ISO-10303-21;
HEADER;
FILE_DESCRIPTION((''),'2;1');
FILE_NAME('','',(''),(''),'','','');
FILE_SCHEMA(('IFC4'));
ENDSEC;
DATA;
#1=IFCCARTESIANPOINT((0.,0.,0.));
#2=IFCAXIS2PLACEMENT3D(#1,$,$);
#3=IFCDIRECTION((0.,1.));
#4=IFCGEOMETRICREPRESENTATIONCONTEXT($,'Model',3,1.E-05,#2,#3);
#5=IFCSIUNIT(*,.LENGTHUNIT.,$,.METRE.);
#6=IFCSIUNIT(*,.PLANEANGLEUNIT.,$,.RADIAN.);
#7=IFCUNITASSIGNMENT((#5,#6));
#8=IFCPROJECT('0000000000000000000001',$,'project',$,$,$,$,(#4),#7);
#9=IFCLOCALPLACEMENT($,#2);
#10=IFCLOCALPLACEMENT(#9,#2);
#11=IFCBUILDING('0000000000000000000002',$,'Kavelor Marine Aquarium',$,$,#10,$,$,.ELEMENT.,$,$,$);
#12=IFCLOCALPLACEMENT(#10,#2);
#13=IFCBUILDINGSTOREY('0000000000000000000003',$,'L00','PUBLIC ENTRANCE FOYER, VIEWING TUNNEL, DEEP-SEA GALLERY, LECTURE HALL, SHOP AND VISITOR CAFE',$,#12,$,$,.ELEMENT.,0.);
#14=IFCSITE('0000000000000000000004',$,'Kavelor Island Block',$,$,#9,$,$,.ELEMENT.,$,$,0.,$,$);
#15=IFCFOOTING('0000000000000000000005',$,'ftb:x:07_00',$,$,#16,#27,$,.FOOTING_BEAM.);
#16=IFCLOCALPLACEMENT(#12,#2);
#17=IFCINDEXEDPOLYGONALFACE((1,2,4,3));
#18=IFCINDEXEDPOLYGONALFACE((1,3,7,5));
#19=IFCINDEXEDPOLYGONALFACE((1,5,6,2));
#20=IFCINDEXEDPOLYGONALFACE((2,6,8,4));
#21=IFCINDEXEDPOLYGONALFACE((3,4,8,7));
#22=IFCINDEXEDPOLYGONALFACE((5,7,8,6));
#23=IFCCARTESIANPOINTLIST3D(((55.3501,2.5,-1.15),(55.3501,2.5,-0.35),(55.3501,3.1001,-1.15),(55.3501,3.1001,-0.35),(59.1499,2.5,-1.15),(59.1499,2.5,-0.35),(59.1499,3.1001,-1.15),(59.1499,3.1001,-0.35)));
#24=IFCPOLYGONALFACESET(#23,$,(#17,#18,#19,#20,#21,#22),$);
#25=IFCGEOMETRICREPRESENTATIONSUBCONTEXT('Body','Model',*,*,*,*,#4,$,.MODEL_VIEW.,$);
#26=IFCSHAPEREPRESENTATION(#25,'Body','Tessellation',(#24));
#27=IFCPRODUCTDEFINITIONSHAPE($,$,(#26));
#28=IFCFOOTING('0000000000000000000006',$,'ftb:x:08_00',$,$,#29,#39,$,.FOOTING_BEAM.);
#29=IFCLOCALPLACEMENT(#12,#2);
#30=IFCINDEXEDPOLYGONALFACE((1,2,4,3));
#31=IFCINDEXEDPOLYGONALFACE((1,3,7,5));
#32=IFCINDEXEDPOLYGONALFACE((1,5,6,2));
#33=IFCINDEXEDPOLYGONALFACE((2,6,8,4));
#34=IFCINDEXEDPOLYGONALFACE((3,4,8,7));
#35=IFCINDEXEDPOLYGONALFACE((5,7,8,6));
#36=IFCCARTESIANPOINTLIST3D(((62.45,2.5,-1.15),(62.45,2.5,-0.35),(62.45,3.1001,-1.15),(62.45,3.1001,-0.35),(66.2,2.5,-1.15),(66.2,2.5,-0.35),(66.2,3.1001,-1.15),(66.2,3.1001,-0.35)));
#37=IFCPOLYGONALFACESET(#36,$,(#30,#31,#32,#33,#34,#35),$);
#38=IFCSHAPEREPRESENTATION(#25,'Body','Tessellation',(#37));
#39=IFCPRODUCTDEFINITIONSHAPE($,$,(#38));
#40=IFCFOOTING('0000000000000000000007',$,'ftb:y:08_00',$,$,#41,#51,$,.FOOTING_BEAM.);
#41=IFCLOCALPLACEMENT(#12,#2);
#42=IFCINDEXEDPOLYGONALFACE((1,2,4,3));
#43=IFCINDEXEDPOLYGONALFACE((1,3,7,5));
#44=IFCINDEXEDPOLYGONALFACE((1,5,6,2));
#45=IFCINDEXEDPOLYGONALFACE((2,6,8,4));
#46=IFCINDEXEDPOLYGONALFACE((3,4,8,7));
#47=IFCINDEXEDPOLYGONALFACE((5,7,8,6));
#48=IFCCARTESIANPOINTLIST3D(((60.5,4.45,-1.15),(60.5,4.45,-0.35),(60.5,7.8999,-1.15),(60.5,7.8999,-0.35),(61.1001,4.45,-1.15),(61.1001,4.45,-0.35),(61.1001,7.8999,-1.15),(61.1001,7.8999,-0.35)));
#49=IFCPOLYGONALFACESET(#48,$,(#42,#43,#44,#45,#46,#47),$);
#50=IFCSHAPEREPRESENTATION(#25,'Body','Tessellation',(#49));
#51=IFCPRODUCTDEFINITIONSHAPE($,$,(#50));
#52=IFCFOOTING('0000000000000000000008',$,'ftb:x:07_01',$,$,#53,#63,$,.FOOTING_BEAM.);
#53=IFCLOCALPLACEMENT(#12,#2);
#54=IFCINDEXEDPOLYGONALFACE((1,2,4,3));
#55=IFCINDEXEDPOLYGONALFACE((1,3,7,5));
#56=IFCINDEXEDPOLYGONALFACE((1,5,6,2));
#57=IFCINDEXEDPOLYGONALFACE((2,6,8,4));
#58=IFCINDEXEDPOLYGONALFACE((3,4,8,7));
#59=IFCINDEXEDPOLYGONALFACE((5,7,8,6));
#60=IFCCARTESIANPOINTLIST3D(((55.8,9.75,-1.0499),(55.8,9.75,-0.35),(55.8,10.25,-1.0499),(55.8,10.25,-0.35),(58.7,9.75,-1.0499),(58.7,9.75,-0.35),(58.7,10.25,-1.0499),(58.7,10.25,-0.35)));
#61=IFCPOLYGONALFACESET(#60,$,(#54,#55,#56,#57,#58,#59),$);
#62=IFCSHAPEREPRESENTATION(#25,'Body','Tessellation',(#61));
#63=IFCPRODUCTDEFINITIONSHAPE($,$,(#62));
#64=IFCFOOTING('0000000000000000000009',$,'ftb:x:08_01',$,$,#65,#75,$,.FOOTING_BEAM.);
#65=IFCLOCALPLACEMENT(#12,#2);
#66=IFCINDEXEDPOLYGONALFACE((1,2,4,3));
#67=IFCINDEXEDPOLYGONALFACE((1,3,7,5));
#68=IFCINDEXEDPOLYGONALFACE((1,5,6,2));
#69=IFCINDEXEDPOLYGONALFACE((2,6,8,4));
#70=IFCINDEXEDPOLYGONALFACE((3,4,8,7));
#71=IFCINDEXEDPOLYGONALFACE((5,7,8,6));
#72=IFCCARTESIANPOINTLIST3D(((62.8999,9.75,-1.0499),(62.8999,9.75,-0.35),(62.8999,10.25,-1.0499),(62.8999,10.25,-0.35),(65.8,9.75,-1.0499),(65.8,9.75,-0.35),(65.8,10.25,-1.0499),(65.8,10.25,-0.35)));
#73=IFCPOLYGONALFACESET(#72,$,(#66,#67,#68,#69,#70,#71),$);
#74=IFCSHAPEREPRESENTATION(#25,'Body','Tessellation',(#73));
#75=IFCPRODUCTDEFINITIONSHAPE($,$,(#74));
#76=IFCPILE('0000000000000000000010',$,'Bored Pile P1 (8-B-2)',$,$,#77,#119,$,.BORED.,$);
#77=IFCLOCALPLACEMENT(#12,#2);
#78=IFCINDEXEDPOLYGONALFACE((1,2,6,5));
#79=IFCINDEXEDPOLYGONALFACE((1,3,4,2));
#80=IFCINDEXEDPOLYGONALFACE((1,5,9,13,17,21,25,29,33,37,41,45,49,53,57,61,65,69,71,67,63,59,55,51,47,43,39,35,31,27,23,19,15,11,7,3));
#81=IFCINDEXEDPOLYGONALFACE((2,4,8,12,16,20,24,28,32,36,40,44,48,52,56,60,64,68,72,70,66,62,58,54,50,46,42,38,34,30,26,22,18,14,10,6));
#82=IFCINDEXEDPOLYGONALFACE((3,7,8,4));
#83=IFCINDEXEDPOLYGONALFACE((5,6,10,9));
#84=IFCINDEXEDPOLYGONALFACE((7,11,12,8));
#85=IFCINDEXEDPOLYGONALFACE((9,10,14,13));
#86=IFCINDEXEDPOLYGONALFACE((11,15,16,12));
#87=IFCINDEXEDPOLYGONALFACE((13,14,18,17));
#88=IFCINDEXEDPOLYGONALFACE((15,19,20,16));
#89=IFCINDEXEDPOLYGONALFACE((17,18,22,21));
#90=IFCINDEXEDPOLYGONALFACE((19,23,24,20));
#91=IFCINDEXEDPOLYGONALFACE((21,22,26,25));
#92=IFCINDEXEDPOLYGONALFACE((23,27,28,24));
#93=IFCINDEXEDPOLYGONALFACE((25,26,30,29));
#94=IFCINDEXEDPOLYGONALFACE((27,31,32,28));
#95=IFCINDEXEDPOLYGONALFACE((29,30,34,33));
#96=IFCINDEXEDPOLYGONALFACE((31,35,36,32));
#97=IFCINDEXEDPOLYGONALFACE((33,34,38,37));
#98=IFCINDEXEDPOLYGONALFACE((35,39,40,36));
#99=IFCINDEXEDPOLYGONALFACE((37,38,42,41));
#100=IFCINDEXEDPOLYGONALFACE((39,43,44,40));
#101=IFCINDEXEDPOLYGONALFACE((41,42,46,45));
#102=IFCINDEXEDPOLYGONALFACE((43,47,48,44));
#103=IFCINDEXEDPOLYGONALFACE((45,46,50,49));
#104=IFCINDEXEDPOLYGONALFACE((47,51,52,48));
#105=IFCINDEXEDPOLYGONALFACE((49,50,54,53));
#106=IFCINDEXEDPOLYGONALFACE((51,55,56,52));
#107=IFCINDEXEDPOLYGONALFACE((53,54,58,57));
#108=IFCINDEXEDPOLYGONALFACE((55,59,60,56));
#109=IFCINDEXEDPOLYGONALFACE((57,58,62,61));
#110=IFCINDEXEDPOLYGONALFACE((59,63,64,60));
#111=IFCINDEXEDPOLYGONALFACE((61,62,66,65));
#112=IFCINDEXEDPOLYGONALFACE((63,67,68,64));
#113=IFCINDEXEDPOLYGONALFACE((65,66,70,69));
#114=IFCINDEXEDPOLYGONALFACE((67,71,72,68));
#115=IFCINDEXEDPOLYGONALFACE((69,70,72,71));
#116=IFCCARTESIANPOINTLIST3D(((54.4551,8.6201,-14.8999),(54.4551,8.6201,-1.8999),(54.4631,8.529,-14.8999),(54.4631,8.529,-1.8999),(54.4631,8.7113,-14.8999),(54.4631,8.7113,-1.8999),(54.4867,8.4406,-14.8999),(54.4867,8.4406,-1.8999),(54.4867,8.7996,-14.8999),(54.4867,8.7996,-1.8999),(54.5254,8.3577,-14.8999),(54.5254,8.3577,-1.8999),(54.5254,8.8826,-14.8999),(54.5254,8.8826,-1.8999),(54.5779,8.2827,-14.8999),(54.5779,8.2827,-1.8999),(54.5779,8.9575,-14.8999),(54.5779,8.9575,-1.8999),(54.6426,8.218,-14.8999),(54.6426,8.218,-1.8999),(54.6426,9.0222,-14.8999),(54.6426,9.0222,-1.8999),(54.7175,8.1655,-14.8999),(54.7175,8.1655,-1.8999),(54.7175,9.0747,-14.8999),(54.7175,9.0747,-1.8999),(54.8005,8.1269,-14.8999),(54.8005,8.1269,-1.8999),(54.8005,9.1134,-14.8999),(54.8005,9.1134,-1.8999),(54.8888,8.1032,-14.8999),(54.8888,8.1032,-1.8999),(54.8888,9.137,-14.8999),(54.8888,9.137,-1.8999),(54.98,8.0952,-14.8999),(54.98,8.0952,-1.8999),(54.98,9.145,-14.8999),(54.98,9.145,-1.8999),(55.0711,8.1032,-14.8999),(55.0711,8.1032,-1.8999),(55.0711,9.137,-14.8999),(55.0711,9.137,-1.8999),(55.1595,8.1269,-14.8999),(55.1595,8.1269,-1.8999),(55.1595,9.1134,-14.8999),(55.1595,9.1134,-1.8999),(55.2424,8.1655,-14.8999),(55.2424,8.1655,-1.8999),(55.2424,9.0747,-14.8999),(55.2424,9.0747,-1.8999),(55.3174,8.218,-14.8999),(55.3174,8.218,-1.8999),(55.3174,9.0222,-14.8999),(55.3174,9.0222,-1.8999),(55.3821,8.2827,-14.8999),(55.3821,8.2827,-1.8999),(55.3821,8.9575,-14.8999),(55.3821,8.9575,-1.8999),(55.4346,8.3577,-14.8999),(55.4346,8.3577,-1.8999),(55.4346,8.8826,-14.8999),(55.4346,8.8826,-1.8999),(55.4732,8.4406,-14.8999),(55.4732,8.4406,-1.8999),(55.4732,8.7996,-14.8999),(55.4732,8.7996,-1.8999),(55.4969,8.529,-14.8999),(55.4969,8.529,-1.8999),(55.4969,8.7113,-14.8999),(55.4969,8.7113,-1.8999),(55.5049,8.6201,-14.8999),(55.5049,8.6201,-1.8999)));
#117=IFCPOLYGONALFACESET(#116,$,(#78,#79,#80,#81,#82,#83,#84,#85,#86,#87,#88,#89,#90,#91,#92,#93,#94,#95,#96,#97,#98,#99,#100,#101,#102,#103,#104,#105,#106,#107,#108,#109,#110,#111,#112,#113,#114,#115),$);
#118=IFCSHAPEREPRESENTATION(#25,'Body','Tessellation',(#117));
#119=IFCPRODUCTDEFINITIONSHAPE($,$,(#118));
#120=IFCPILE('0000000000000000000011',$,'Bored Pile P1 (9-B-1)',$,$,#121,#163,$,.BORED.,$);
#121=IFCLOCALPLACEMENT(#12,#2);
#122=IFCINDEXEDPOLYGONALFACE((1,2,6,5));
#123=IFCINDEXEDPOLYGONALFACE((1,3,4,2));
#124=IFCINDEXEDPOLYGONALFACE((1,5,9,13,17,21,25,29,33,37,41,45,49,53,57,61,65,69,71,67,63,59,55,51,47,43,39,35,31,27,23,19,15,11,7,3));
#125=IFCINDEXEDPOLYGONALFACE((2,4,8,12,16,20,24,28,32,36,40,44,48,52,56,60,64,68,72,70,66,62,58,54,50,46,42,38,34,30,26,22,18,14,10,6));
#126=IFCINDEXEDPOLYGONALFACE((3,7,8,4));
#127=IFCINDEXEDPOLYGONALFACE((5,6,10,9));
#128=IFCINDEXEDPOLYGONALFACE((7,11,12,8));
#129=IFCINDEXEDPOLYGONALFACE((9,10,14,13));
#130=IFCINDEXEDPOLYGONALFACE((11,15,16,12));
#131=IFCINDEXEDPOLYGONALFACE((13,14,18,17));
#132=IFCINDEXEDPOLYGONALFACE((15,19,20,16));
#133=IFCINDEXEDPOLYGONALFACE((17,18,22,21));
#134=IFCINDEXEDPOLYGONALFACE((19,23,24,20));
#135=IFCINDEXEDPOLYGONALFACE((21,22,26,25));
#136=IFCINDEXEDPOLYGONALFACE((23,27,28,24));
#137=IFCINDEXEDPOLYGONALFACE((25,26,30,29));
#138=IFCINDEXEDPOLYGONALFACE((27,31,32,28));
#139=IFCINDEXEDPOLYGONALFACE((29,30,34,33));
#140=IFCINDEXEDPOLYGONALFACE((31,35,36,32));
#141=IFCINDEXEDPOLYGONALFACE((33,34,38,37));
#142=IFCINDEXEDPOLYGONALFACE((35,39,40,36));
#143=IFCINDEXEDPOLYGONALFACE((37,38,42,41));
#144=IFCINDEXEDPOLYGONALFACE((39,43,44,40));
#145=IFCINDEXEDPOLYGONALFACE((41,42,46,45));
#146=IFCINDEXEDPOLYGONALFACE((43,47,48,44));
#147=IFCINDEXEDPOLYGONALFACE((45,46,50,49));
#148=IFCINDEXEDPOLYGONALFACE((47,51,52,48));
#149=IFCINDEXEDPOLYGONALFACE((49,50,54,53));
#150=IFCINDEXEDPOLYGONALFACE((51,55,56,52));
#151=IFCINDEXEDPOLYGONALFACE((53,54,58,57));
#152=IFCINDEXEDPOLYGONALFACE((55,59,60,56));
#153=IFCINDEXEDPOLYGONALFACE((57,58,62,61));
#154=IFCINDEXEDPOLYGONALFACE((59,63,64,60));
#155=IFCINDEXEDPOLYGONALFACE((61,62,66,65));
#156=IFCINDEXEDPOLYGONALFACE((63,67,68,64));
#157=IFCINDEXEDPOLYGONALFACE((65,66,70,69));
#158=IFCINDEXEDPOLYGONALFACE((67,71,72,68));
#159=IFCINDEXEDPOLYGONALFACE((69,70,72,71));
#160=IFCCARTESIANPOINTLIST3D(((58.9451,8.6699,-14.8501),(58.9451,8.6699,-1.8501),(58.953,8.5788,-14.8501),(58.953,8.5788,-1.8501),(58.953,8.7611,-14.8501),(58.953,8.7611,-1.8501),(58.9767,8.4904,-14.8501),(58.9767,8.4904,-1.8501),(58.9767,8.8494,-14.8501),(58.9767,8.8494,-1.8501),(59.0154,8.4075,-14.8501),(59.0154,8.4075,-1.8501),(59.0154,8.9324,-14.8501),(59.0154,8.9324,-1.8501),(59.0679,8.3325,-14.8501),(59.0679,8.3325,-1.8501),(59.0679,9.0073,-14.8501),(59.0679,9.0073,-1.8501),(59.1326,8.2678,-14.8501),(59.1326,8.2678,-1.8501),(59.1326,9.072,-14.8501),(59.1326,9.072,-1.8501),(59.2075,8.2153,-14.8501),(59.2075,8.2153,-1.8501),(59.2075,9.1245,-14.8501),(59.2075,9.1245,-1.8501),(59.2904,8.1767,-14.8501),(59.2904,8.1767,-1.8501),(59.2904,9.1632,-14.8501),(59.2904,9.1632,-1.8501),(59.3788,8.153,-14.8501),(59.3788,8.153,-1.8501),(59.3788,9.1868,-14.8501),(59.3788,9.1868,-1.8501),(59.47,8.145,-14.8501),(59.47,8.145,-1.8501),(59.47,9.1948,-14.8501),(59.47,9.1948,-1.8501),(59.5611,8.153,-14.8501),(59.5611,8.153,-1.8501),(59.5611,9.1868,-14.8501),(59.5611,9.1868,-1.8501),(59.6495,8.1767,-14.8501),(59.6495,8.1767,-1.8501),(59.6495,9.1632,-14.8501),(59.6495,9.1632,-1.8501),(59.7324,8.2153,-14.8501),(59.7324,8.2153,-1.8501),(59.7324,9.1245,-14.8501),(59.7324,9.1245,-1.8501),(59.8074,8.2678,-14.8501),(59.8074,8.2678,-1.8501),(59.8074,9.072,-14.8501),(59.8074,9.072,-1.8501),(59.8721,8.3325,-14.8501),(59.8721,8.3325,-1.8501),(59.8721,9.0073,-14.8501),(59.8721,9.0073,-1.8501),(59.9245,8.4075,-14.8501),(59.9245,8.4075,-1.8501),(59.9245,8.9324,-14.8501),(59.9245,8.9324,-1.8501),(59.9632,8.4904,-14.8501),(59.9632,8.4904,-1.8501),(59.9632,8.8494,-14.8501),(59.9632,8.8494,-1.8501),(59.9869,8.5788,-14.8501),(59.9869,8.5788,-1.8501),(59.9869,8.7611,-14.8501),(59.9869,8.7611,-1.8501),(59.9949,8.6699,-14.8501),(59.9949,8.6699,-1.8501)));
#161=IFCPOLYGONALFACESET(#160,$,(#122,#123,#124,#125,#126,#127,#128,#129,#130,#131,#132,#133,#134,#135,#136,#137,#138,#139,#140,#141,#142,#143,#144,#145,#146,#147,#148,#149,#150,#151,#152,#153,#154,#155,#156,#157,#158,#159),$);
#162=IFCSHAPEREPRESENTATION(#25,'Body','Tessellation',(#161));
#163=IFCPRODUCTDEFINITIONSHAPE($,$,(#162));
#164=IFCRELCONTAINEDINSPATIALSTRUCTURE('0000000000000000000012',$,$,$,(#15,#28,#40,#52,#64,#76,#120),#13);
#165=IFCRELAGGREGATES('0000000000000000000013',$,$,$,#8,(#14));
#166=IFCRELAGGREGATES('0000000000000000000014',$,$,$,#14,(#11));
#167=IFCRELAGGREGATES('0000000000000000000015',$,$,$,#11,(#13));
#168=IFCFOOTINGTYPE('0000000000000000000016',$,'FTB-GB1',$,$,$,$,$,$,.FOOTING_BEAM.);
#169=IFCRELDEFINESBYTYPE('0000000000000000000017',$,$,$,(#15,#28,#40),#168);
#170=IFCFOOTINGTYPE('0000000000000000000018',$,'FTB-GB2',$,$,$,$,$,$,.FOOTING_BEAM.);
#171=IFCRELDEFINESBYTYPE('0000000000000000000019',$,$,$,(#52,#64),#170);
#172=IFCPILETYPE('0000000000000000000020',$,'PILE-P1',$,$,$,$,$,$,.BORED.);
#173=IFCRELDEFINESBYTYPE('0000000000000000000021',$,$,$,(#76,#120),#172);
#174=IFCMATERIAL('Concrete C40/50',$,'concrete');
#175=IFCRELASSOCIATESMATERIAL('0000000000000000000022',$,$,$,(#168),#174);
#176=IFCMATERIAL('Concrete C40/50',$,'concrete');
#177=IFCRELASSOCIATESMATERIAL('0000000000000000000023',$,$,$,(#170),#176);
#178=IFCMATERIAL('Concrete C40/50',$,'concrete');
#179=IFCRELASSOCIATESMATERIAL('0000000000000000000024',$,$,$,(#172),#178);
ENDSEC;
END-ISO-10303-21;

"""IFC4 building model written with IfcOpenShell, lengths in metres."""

from ifc_helpers import new_model, si_unit, direction, frame, origin, origin_2d, place, context, subcontext, project, spatial, rectangle, circle, extrude, material, material_profile, profile_set, type_object, element, save


model = new_model("IFC4")

# Units and contexts
model_context = context("Model", 3, precision=1e-05, world=origin(), true_north=direction((0.0, 1.0)))
body_context = subcontext(model_context, "Body", "Model", "MODEL_VIEW")
ifc_project = project(units=[si_unit("LENGTHUNIT", "METRE"), si_unit("PLANEANGLEUNIT", "RADIAN")], contexts=[model_context])

# Site, building, storey
site_placement = place(None, origin())
site = spatial("IfcSite", under=ifc_project, at=site_placement, Name="Kavelor Island Block", CompositionType="ELEMENT", RefElevation=0.0)
building_placement = place(site_placement, origin())
building = spatial("IfcBuilding", under=site, at=building_placement, Name="Kavelor Marine Aquarium", CompositionType="ELEMENT")
storey_placement = place(building_placement, origin())
storey = spatial("IfcBuildingStorey", under=building, at=storey_placement, Name="L00", Description="PUBLIC ENTRANCE FOYER, VIEWING TUNNEL, DEEP-SEA GALLERY, LECTURE HALL, SHOP AND VISITOR CAFE", CompositionType="ELEMENT", Elevation=0.0)

# Footings
ifc_material_1 = material(Name="Concrete C40/50", Category="concrete")
ifc_material_profile_1 = material_profile(ifc_material_1, rectangle(XDim=0.6001, YDim=0.8, at=origin_2d()), Name="GB 600x800")
ifc_profile_set_1 = profile_set([ifc_material_profile_1], Name="Concrete C40/50")
footing_type_1 = type_object("IfcFootingType", Name="FTB-GB1", PredefinedType="FOOTING_BEAM", material=ifc_profile_set_1)
footing_1_placement = place(storey_placement, frame((55.3501, 2.8, -0.75), z_axis=(1.0, 0.0, 0.0), x_axis=(0.0, 1.0, 0.0)))
element("IfcFooting", 1, at=footing_1_placement, inside=storey, type_object=footing_type_1, Name="ftb:x:07_00", PredefinedType="FOOTING_BEAM", context=body_context, shape_type="SweptSolid", body=[
    extrude(rectangle(XDim=0.6001, YDim=0.8, at=origin_2d()), origin(), (0.0, 0.0, 1.0), 3.7998),
])
footing_2_placement = place(storey_placement, frame((62.45, 2.8, -0.75), z_axis=(1.0, 0.0, 0.0), x_axis=(0.0, 1.0, 0.0)))
element("IfcFooting", 2, at=footing_2_placement, inside=storey, type_object=footing_type_1, Name="ftb:x:08_00", PredefinedType="FOOTING_BEAM", context=body_context, shape_type="SweptSolid", body=[
    extrude(rectangle(XDim=0.6001, YDim=0.8, at=origin_2d()), origin(), (0.0, 0.0, 1.0), 3.75),
])
footing_3_placement = place(storey_placement, frame((60.8, 4.45, -0.75), z_axis=(0.0, 1.0, 0.0), x_axis=(-1.0, 0.0, 0.0)))
element("IfcFooting", 3, at=footing_3_placement, inside=storey, type_object=footing_type_1, Name="ftb:y:08_00", PredefinedType="FOOTING_BEAM", context=body_context, shape_type="SweptSolid", body=[
    extrude(rectangle(XDim=0.6001, YDim=0.8, at=origin_2d()), origin(), (0.0, 0.0, 1.0), 3.45),
])
ifc_material_2 = material(Name="Concrete C40/50", Category="concrete")
ifc_material_profile_2 = material_profile(ifc_material_2, rectangle(XDim=0.5, YDim=0.7, at=origin_2d()), Name="GB 500x700")
ifc_profile_set_2 = profile_set([ifc_material_profile_2], Name="Concrete C40/50")
footing_type_2 = type_object("IfcFootingType", Name="FTB-GB2", PredefinedType="FOOTING_BEAM", material=ifc_profile_set_2)
footing_4_placement = place(storey_placement, frame((55.8, 10.0, -0.7), z_axis=(1.0, 0.0, 0.0), x_axis=(0.0, 1.0, 0.0)))
element("IfcFooting", 4, at=footing_4_placement, inside=storey, type_object=footing_type_2, Name="ftb:x:07_01", PredefinedType="FOOTING_BEAM", context=body_context, shape_type="SweptSolid", body=[
    extrude(rectangle(XDim=0.5, YDim=0.7, at=origin_2d()), origin(), (0.0, 0.0, 1.0), 2.8999),
])
footing_5_placement = place(storey_placement, frame((62.8999, 10.0, -0.7), z_axis=(1.0, 0.0, 0.0), x_axis=(0.0, 1.0, 0.0)))
element("IfcFooting", 5, at=footing_5_placement, inside=storey, type_object=footing_type_2, Name="ftb:x:08_01", PredefinedType="FOOTING_BEAM", context=body_context, shape_type="SweptSolid", body=[
    extrude(rectangle(XDim=0.5, YDim=0.7, at=origin_2d()), origin(), (0.0, 0.0, 1.0), 2.9001),
])

# Piles
ifc_material_3 = material(Name="Concrete C40/50", Category="concrete")
ifc_material_profile_3 = material_profile(ifc_material_3, circle(Radius=0.5249, at=origin_2d()), Name="PILE D1050")
ifc_profile_set_3 = profile_set([ifc_material_profile_3], Name="Concrete C40/50")
pile_type_1 = type_object("IfcPileType", Name="PILE-P1", PredefinedType="BORED", material=ifc_profile_set_3)
for number, where, z_axis, x_axis, name in (
    (6, (54.98, 8.6201, -1.8999), (0.0, 0.0, -1.0), (1.0, 0.0, 0.0), "Bored Pile P1 (8-B-2)"),
    (7, (59.47, 8.6699, -1.8501), (0.0, 0.0, -1.0), (1.0, 0.0, 0.0), "Bored Pile P1 (9-B-1)"),
):
    element("IfcPile", number, at=place(storey_placement, frame(where, z_axis=z_axis, x_axis=x_axis)), inside=storey, type_object=pile_type_1, Name=name, PredefinedType="BORED", context=body_context, shape_type="SweptSolid", body=[
        extrude(circle(Radius=0.5249, at=origin_2d()), origin(), (0.0, 0.0, 1.0), 13.0),
    ])

save(model, "model.ifc")
